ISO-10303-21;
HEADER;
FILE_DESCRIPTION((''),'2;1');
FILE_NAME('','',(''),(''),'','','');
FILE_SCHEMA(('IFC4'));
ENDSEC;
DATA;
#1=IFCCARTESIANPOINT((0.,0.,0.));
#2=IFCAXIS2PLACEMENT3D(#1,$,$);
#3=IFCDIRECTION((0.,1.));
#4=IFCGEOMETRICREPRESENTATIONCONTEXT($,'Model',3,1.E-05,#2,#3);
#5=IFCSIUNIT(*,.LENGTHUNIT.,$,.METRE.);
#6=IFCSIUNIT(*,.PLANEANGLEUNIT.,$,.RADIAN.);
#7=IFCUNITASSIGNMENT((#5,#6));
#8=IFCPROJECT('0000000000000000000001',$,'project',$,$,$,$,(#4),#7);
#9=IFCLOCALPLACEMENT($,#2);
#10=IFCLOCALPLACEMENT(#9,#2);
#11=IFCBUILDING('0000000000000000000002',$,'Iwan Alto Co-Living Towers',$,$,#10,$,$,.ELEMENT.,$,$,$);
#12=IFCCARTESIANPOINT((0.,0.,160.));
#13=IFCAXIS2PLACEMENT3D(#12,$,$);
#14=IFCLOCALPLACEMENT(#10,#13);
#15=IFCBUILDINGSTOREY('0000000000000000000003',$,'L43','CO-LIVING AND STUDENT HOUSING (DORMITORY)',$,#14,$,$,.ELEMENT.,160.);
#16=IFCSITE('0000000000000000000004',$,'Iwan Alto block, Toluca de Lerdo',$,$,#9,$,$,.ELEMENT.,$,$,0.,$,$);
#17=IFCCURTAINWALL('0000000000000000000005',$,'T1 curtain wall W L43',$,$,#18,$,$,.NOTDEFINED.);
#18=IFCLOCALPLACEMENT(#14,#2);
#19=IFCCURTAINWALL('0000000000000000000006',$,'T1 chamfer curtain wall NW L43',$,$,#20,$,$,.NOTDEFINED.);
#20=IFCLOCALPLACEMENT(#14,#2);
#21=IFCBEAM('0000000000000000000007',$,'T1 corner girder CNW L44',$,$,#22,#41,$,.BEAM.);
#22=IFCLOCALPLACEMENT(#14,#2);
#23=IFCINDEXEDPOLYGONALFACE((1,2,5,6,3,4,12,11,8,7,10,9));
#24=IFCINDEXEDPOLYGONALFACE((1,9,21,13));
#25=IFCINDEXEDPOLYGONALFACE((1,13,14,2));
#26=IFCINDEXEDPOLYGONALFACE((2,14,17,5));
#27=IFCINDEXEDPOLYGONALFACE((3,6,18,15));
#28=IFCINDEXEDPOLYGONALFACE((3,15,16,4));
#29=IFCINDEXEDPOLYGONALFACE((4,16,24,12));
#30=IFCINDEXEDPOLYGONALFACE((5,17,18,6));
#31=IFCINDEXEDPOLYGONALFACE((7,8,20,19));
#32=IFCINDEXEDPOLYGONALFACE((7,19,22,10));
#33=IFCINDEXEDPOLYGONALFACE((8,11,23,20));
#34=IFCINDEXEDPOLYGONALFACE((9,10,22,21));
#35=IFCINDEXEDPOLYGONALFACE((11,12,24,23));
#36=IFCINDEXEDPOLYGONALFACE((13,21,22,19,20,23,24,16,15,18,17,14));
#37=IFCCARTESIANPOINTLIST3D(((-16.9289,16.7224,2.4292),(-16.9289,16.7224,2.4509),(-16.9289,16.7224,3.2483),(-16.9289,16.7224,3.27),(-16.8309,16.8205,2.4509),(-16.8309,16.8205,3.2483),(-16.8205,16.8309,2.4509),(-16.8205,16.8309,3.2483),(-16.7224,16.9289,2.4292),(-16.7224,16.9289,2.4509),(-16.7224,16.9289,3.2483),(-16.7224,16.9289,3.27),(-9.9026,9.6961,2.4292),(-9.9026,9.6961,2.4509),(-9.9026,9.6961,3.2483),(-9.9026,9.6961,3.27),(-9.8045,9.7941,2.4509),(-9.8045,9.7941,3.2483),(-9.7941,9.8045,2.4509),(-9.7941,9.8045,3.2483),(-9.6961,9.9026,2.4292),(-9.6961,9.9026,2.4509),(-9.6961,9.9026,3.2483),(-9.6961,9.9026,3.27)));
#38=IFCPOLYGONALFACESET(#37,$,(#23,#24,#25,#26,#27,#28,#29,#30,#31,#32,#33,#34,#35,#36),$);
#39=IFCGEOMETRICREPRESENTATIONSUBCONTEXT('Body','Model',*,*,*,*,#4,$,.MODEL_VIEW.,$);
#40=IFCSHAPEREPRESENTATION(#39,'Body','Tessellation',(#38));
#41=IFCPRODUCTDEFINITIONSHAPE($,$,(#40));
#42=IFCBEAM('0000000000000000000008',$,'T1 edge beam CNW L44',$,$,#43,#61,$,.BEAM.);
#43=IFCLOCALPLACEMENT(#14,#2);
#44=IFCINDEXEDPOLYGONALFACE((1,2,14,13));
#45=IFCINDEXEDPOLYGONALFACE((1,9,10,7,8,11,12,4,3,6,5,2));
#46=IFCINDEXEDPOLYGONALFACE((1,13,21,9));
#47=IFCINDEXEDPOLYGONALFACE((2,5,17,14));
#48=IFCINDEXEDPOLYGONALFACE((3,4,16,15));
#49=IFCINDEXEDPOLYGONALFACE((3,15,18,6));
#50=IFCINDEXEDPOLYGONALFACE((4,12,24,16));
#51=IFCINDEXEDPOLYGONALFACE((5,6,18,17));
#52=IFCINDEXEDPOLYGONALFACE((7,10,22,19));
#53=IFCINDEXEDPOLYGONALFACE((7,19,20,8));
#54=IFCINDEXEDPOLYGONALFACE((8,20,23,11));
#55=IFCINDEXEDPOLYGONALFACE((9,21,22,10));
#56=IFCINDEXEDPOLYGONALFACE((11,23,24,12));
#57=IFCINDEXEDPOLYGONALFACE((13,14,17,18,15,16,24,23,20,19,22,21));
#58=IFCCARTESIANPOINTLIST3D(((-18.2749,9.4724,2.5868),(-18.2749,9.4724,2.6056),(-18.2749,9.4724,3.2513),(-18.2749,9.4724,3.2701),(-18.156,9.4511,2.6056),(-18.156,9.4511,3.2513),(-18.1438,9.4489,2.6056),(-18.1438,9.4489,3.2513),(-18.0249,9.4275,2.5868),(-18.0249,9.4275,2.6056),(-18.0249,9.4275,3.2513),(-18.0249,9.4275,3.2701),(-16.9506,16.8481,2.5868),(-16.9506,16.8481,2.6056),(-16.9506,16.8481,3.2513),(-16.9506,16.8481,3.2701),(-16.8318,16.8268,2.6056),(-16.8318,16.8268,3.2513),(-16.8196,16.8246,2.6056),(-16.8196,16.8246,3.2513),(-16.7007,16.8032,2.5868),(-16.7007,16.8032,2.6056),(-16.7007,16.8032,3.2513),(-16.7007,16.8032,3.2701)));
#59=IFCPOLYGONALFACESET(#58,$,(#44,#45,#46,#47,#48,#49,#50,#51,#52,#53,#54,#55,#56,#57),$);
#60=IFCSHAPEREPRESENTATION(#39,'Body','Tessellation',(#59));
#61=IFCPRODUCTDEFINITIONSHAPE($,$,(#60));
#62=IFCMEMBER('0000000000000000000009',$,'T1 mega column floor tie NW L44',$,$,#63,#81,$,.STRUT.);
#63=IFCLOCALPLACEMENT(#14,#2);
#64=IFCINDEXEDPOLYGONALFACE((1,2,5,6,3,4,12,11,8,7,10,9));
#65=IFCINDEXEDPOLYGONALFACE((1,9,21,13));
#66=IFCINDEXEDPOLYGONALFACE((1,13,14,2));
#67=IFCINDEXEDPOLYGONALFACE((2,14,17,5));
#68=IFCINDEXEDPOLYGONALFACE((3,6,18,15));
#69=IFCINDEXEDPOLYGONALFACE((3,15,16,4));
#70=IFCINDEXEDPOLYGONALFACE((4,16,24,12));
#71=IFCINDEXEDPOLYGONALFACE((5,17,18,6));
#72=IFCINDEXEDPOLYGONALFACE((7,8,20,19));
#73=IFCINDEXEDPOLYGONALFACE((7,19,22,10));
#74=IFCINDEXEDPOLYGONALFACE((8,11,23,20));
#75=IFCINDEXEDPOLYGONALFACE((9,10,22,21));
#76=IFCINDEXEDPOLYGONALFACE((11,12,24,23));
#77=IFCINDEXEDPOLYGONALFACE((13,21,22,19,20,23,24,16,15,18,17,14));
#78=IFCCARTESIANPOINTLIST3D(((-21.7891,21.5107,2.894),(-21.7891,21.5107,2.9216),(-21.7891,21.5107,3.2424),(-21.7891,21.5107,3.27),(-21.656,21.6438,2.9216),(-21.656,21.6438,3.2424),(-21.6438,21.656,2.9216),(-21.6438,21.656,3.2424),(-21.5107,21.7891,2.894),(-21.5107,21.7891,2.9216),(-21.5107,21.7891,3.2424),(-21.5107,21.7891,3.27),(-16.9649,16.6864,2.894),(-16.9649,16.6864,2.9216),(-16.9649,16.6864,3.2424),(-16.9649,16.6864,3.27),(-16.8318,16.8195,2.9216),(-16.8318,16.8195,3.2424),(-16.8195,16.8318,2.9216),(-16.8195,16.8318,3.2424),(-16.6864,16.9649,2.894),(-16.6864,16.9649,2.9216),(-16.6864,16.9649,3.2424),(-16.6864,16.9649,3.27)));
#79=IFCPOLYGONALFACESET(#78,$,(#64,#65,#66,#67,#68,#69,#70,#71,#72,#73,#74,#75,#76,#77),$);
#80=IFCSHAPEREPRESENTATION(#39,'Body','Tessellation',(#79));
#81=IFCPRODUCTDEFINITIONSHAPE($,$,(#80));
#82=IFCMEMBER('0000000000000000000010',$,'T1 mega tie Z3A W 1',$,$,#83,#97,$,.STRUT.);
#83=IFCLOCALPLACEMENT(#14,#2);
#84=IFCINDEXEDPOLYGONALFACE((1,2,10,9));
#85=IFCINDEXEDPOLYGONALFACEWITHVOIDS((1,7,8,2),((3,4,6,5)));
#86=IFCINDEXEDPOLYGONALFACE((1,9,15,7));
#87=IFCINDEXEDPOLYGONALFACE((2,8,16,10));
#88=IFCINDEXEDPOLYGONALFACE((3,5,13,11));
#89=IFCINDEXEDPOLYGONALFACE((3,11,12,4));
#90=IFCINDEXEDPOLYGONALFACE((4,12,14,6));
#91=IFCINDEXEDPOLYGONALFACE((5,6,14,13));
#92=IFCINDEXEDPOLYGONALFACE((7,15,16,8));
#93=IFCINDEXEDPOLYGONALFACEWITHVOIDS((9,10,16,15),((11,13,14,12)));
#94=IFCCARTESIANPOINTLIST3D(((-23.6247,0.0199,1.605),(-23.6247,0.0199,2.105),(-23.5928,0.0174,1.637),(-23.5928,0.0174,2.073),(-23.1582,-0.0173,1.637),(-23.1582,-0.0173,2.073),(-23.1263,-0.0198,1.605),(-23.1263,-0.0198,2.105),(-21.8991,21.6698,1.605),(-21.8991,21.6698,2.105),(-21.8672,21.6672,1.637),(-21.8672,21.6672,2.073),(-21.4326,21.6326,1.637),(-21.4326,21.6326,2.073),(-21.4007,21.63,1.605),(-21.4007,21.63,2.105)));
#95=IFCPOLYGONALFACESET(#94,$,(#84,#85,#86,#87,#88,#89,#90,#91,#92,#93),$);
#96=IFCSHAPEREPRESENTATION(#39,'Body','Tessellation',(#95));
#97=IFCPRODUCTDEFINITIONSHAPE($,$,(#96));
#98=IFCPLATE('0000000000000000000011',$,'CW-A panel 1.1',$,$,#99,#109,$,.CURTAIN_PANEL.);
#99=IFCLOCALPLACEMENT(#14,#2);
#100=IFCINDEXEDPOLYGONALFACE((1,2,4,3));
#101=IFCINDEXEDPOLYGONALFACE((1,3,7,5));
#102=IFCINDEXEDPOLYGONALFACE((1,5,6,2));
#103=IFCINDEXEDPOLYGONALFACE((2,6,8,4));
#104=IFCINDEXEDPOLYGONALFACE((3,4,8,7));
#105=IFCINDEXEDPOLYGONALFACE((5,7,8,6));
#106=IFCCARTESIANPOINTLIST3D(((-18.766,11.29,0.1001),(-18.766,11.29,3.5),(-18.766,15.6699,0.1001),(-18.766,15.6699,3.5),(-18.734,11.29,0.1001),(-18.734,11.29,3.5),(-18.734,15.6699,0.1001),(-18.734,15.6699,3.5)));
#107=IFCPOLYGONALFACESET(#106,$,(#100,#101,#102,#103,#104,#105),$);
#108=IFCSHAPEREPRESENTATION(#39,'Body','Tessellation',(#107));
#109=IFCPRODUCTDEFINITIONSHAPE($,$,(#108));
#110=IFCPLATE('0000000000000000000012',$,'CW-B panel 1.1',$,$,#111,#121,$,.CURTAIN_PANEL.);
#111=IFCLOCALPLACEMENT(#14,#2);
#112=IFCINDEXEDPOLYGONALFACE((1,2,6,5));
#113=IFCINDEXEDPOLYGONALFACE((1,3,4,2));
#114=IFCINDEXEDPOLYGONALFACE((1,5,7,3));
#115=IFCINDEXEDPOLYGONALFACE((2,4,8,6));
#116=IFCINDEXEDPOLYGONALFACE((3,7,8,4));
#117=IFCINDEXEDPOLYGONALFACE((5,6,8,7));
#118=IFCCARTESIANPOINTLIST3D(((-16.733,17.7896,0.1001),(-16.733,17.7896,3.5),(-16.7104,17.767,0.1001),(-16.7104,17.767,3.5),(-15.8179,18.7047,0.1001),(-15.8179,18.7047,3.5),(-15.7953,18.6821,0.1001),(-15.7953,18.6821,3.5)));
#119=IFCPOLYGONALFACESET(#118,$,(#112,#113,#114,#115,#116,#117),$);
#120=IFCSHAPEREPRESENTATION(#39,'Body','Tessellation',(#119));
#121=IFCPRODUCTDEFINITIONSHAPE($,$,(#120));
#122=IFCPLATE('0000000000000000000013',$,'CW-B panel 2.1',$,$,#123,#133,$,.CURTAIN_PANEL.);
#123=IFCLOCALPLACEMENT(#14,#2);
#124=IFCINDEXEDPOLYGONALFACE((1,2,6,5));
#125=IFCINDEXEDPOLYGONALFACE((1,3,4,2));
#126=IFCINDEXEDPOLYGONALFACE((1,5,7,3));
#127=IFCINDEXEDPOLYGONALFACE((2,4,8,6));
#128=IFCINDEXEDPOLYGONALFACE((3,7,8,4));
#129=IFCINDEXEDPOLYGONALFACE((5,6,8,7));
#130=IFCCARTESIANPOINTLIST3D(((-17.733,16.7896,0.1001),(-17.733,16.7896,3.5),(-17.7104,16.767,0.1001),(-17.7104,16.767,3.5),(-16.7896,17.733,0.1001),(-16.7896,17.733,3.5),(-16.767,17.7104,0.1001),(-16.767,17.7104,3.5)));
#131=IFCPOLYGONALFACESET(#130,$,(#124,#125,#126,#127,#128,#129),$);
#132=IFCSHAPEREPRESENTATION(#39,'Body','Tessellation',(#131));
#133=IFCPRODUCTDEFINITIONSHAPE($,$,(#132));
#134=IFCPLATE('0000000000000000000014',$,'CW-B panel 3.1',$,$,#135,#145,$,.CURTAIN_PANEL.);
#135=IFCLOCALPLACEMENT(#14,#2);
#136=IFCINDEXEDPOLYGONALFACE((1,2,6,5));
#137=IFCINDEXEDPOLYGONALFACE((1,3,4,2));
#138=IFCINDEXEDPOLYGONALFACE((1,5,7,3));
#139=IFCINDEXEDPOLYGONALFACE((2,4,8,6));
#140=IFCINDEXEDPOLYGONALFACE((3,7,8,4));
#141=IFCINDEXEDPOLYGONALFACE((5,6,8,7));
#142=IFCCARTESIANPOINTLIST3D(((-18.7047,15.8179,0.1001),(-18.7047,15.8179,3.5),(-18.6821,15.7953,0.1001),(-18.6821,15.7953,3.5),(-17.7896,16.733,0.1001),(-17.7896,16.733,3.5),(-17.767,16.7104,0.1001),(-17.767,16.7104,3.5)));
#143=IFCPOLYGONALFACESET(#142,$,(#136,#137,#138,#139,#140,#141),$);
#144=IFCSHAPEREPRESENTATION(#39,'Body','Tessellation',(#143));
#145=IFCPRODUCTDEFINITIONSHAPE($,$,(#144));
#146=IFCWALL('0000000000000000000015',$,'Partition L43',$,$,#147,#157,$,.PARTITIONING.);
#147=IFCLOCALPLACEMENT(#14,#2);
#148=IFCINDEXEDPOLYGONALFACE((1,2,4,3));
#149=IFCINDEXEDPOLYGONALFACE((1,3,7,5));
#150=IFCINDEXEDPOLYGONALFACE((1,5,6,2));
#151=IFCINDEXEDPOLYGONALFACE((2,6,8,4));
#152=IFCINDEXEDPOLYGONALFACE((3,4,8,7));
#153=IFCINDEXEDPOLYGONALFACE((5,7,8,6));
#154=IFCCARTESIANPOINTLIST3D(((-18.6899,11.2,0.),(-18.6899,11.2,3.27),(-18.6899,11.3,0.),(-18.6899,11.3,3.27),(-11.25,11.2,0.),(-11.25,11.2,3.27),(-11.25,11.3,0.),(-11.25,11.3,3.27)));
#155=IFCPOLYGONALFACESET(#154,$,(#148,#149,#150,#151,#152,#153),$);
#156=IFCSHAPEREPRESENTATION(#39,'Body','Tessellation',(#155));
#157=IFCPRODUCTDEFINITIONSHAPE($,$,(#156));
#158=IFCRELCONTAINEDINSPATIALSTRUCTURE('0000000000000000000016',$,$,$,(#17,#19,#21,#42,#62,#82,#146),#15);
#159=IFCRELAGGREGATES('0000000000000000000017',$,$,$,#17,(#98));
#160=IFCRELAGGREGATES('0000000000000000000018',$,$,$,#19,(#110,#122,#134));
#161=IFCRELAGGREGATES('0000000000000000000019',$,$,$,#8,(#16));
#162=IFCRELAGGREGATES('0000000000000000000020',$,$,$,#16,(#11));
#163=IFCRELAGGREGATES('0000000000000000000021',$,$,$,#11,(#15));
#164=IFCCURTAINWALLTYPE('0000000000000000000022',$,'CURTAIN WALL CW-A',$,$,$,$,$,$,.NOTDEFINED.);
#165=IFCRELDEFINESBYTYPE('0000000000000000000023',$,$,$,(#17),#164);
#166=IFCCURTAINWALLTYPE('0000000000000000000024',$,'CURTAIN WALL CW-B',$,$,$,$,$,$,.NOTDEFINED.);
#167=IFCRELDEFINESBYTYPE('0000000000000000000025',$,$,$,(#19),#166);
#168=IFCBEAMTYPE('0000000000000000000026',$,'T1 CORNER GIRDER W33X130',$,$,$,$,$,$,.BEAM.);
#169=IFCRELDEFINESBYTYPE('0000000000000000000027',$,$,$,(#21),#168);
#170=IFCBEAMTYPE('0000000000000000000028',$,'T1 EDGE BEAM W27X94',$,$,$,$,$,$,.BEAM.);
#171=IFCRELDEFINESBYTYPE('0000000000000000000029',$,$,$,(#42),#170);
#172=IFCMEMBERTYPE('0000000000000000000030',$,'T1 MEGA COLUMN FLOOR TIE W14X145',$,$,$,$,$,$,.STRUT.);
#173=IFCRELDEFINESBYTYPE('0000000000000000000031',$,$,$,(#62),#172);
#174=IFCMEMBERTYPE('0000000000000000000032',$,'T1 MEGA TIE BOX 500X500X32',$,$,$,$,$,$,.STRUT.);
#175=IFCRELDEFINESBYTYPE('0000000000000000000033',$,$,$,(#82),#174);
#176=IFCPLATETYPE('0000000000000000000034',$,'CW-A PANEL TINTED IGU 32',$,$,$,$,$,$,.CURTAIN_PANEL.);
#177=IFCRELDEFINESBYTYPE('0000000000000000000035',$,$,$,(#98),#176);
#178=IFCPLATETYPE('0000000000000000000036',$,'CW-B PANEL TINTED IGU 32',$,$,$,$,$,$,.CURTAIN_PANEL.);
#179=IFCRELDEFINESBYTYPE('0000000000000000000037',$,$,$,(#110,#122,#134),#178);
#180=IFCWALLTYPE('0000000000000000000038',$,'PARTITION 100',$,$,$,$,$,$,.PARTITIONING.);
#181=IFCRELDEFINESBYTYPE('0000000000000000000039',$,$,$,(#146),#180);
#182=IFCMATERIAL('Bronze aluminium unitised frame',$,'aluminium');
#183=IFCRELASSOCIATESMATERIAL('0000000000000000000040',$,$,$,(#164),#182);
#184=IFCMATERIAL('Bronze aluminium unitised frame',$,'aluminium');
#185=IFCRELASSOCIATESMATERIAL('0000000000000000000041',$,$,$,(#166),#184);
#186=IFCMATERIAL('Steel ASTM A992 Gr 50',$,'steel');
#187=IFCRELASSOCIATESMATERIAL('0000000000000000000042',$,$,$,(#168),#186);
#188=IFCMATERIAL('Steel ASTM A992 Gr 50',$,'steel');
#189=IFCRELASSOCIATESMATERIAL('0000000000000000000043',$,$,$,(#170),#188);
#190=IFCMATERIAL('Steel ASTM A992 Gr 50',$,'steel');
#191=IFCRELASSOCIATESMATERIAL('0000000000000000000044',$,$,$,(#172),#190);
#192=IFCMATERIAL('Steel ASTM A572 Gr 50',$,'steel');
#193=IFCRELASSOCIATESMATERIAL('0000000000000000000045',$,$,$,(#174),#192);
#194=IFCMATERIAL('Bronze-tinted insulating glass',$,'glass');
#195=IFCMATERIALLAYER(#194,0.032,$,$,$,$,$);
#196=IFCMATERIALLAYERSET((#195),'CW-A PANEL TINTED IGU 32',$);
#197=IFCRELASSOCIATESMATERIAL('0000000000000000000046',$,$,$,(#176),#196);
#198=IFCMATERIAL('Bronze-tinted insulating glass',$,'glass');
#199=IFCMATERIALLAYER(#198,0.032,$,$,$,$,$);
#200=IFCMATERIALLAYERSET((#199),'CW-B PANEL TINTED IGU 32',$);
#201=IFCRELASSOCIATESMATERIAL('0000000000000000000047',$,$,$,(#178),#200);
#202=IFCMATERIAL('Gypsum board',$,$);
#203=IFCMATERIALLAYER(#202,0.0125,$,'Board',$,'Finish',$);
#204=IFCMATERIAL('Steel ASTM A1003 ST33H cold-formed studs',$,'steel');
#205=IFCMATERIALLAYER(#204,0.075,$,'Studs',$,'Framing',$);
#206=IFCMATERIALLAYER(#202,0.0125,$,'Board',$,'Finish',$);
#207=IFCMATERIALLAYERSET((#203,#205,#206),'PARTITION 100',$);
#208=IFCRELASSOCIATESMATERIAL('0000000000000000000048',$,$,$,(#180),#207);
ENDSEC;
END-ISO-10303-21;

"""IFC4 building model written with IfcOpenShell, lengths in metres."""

from ifc_helpers import new_model, si_unit, direction, frame, frame_2d, origin, origin_2d, place, context, subcontext, project, spatial, rectangle, hollow_rectangle, i_section, extrude, material, layer, layer_set, material_profile, profile_set, type_object, element, aggregate, save


model = new_model("IFC4")

# Units and contexts
model_context = context("Model", 3, precision=1e-05, world=origin(), true_north=direction((0.0, 1.0)))
body_context = subcontext(model_context, "Body", "Model", "MODEL_VIEW")
ifc_project = project(units=[si_unit("LENGTHUNIT", "METRE"), si_unit("PLANEANGLEUNIT", "RADIAN")], contexts=[model_context])

# Site, building, storey
site_placement = place(None, origin())
site = spatial("IfcSite", under=ifc_project, at=site_placement, Name="Iwan Alto block, Toluca de Lerdo", CompositionType="ELEMENT", RefElevation=0.0)
building_placement = place(site_placement, origin())
building = spatial("IfcBuilding", under=site, at=building_placement, Name="Iwan Alto Co-Living Towers", CompositionType="ELEMENT")
storey_placement = place(building_placement, frame((0.0, 0.0, 160.0)))
storey = spatial("IfcBuildingStorey", under=building, at=storey_placement, Name="L43", Description="CO-LIVING AND STUDENT HOUSING (DORMITORY)", CompositionType="ELEMENT", Elevation=160.0)

# Shared definitions
ifc_material_1 = material(Name="Bronze aluminium unitised frame", Category="aluminium")
curtain_wall_type_1 = type_object("IfcCurtainWallType", Name="CURTAIN WALL CW-A", PredefinedType="NOTDEFINED", material=ifc_material_1)

# Curtain walls
curtain_wall_1_placement = place(storey_placement, origin())
curtain_wall_1 = element("IfcCurtainWall", 1, at=curtain_wall_1_placement, inside=storey, type_object=curtain_wall_type_1, Name="T1 curtain wall W L43", PredefinedType="NOTDEFINED")
ifc_material_2 = material(Name="Bronze aluminium unitised frame", Category="aluminium")
curtain_wall_type_2 = type_object("IfcCurtainWallType", Name="CURTAIN WALL CW-B", PredefinedType="NOTDEFINED", material=ifc_material_2)
curtain_wall_2_placement = place(storey_placement, origin())
curtain_wall_2 = element("IfcCurtainWall", 2, at=curtain_wall_2_placement, inside=storey, type_object=curtain_wall_type_2, Name="T1 chamfer curtain wall NW L43", PredefinedType="NOTDEFINED")

# Beams
ifc_material_3 = material(Name="Steel ASTM A992 Gr 50", Category="steel")
ifc_material_profile_1 = material_profile(ifc_material_3, i_section(OverallWidth=0.292, OverallDepth=0.8408, WebThickness=0.0146, FlangeThickness=0.0217, at=origin_2d()), Name="W33X130")
ifc_profile_set_1 = profile_set([ifc_material_profile_1], Name="Steel ASTM A992 Gr 50")
beam_type_1 = type_object("IfcBeamType", Name="T1 CORNER GIRDER W33X130", PredefinedType="BEAM", material=ifc_profile_set_1)
beam_1_placement = place(storey_placement, frame((-16.8257, 16.8257, 2.8496), z_axis=(0.707107, -0.707107, 0.0), x_axis=(0.707107, 0.707107, 0.0)))
element("IfcBeam", 3, at=beam_1_placement, inside=storey, type_object=beam_type_1, Name="T1 corner girder CNW L44", PredefinedType="BEAM", context=body_context, shape_type="SweptSolid", body=[
    extrude(i_section(OverallWidth=0.292, OverallDepth=0.8408, WebThickness=0.0146, FlangeThickness=0.0217, at=origin_2d()), origin(), (0.0, 0.0, 1.0), 9.9368),
])
ifc_material_4 = material(Name="Steel ASTM A992 Gr 50", Category="steel")
ifc_material_profile_2 = material_profile(ifc_material_4, i_section(OverallWidth=0.2539, OverallDepth=0.6833, WebThickness=0.0125, FlangeThickness=0.0188, at=origin_2d()), Name="W27X94")
ifc_profile_set_2 = profile_set([ifc_material_profile_2], Name="Steel ASTM A992 Gr 50")
beam_type_2 = type_object("IfcBeamType", Name="T1 EDGE BEAM W27X94", PredefinedType="BEAM", material=ifc_profile_set_2)
beam_2_placement = place(storey_placement, frame((-16.8257, 16.8257, 2.9285), z_axis=(-0.176712, -0.984263, 0.0), x_axis=(0.984263, -0.176712, 0.0)))
element("IfcBeam", 4, at=beam_2_placement, inside=storey, type_object=beam_type_2, Name="T1 edge beam CNW L44", PredefinedType="BEAM", context=body_context, shape_type="SweptSolid", body=[
    extrude(i_section(OverallWidth=0.2539, OverallDepth=0.6833, WebThickness=0.0125, FlangeThickness=0.0188, at=origin_2d()), origin(), (0.0, 0.0, 1.0), 7.4937),
])

# Members
ifc_material_5 = material(Name="Steel ASTM A992 Gr 50", Category="steel")
ifc_material_profile_3 = material_profile(ifc_material_5, i_section(OverallWidth=0.3938, OverallDepth=0.376, WebThickness=0.0173, FlangeThickness=0.0276, at=origin_2d()), Name="W14X145")
ifc_profile_set_3 = profile_set([ifc_material_profile_3], Name="Steel ASTM A992 Gr 50")
member_type_1 = type_object("IfcMemberType", Name="T1 MEGA COLUMN FLOOR TIE W14X145", PredefinedType="STRUT", material=ifc_profile_set_3)
member_1_placement = place(storey_placement, frame((-21.6499, 21.6499, 3.082), z_axis=(0.707107, -0.707107, 0.0), x_axis=(0.707107, 0.707107, 0.0)))
element("IfcMember", 5, at=member_1_placement, inside=storey, type_object=member_type_1, Name="T1 mega column floor tie NW L44", PredefinedType="STRUT", context=body_context, shape_type="SweptSolid", body=[
    extrude(i_section(OverallWidth=0.3938, OverallDepth=0.376, WebThickness=0.0173, FlangeThickness=0.0276, at=origin_2d()), origin(), (0.0, 0.0, 1.0), 6.8225),
])
ifc_material_6 = material(Name="Steel ASTM A572 Gr 50", Category="steel")
ifc_material_profile_4 = material_profile(ifc_material_6, hollow_rectangle(XDim=0.5, YDim=0.5, WallThickness=0.032, at=origin_2d()), Name="BOX 500X500X32")
ifc_profile_set_4 = profile_set([ifc_material_profile_4], Name="Steel ASTM A572 Gr 50")
member_type_2 = type_object("IfcMemberType", Name="T1 MEGA TIE BOX 500X500X32", PredefinedType="STRUT", material=ifc_profile_set_4)
member_2_placement = place(storey_placement, frame((-21.6499, 21.6499, 1.855), z_axis=(-0.079452, -0.996839, 0.0), x_axis=(0.996839, -0.079452, 0.0)))
element("IfcMember", 6, at=member_2_placement, inside=storey, type_object=member_type_2, Name="T1 mega tie Z3A W 1", PredefinedType="STRUT", context=body_context, shape_type="SweptSolid", body=[
    extrude(hollow_rectangle(XDim=0.5, YDim=0.5, WallThickness=0.032, at=origin_2d()), origin(), (0.0, 0.0, 1.0), 21.7185),
])

# Plates
ifc_material_7 = material(Name="Bronze-tinted insulating glass", Category="glass")
ifc_layer_1 = layer(ifc_material_7, 0.032)
ifc_layer_set_1 = layer_set([ifc_layer_1], Name="CW-A PANEL TINTED IGU 32")
plate_type_1 = type_object("IfcPlateType", Name="CW-A PANEL TINTED IGU 32", PredefinedType="CURTAIN_PANEL", material=ifc_layer_set_1)
plate_1_placement = place(storey_placement, frame((-18.75, 13.48, 0.1001), z_axis=(0.0, 0.0, 1.0), x_axis=(0.0, -1.0, 0.0)))
plate_1 = element("IfcPlate", 7, at=plate_1_placement, type_object=plate_type_1, Name="CW-A panel 1.1", PredefinedType="CURTAIN_PANEL", context=body_context, shape_type="SweptSolid", body=[
    extrude(rectangle(XDim=4.3799, YDim=0.032, at=origin_2d()), origin(), (0.0, 0.0, 1.0), 3.3999),
])
aggregate(curtain_wall_1, [plate_1])
ifc_material_8 = material(Name="Bronze-tinted insulating glass", Category="glass")
ifc_layer_2 = layer(ifc_material_8, 0.032)
ifc_layer_set_2 = layer_set([ifc_layer_2], Name="CW-B PANEL TINTED IGU 32")
plate_type_2 = type_object("IfcPlateType", Name="CW-B PANEL TINTED IGU 32", PredefinedType="CURTAIN_PANEL", material=ifc_layer_set_2)
plate_2_placement = place(storey_placement, frame((-16.2642, 18.2358, 0.1001), z_axis=(0.0, 0.0, 1.0), x_axis=(-0.707107, -0.707107, 0.0)))
plate_2 = element("IfcPlate", 8, at=plate_2_placement, type_object=plate_type_2, Name="CW-B panel 1.1", PredefinedType="CURTAIN_PANEL", context=body_context, shape_type="SweptSolid", body=[
    extrude(rectangle(XDim=1.2942, YDim=0.032, at=origin_2d()), origin(), (0.0, 0.0, 1.0), 3.3999),
])
plate_3_placement = place(storey_placement, frame((-17.25, 17.25, 0.1001), z_axis=(0.0, 0.0, 1.0), x_axis=(-0.707107, -0.707107, 0.0)))
plate_3 = element("IfcPlate", 9, at=plate_3_placement, type_object=plate_type_2, Name="CW-B panel 2.1", PredefinedType="CURTAIN_PANEL", context=body_context, shape_type="SweptSolid", body=[
    extrude(rectangle(XDim=1.3342, YDim=0.032, at=origin_2d()), origin(), (0.0, 0.0, 1.0), 3.3999),
])
plate_4_placement = place(storey_placement, frame((-18.2358, 16.2642, 0.1001), z_axis=(0.0, 0.0, 1.0), x_axis=(-0.707107, -0.707107, 0.0)))
plate_4 = element("IfcPlate", 10, at=plate_4_placement, type_object=plate_type_2, Name="CW-B panel 3.1", PredefinedType="CURTAIN_PANEL", context=body_context, shape_type="SweptSolid", body=[
    extrude(rectangle(XDim=1.2942, YDim=0.032, at=origin_2d()), origin(), (0.0, 0.0, 1.0), 3.3999),
])
aggregate(curtain_wall_2, [plate_2, plate_3, plate_4])

# Wall
ifc_material_9 = material(Name="Gypsum board")
ifc_layer_3 = layer(ifc_material_9, 0.0125, Name="Board", Category="Finish")
ifc_material_10 = material(Name="Steel ASTM A1003 ST33H cold-formed studs", Category="steel")
ifc_layer_4 = layer(ifc_material_10, 0.075, Name="Studs", Category="Framing")
ifc_layer_5 = layer(ifc_material_9, 0.0125, Name="Board", Category="Finish")
ifc_layer_set_3 = layer_set([ifc_layer_3, ifc_layer_4, ifc_layer_5], Name="PARTITION 100")
wall_type = type_object("IfcWallType", Name="PARTITION 100", PredefinedType="PARTITIONING", material=ifc_layer_set_3)
wall_placement = place(storey_placement, frame((-18.6899, 11.25, 0.0), z_axis=(0.0, 0.0, 1.0), x_axis=(1.0, 0.0, 0.0)))
element("IfcWall", 11, at=wall_placement, inside=storey, type_object=wall_type, Name="Partition L43", PredefinedType="PARTITIONING", context=body_context, shape_type="SweptSolid", body=[
    extrude(rectangle(XDim=7.4399, YDim=0.1001, at=frame_2d((3.72, 0.0))), origin(), (0.0, 0.0, 1.0), 3.27),
])

save(model, "model.ifc")
